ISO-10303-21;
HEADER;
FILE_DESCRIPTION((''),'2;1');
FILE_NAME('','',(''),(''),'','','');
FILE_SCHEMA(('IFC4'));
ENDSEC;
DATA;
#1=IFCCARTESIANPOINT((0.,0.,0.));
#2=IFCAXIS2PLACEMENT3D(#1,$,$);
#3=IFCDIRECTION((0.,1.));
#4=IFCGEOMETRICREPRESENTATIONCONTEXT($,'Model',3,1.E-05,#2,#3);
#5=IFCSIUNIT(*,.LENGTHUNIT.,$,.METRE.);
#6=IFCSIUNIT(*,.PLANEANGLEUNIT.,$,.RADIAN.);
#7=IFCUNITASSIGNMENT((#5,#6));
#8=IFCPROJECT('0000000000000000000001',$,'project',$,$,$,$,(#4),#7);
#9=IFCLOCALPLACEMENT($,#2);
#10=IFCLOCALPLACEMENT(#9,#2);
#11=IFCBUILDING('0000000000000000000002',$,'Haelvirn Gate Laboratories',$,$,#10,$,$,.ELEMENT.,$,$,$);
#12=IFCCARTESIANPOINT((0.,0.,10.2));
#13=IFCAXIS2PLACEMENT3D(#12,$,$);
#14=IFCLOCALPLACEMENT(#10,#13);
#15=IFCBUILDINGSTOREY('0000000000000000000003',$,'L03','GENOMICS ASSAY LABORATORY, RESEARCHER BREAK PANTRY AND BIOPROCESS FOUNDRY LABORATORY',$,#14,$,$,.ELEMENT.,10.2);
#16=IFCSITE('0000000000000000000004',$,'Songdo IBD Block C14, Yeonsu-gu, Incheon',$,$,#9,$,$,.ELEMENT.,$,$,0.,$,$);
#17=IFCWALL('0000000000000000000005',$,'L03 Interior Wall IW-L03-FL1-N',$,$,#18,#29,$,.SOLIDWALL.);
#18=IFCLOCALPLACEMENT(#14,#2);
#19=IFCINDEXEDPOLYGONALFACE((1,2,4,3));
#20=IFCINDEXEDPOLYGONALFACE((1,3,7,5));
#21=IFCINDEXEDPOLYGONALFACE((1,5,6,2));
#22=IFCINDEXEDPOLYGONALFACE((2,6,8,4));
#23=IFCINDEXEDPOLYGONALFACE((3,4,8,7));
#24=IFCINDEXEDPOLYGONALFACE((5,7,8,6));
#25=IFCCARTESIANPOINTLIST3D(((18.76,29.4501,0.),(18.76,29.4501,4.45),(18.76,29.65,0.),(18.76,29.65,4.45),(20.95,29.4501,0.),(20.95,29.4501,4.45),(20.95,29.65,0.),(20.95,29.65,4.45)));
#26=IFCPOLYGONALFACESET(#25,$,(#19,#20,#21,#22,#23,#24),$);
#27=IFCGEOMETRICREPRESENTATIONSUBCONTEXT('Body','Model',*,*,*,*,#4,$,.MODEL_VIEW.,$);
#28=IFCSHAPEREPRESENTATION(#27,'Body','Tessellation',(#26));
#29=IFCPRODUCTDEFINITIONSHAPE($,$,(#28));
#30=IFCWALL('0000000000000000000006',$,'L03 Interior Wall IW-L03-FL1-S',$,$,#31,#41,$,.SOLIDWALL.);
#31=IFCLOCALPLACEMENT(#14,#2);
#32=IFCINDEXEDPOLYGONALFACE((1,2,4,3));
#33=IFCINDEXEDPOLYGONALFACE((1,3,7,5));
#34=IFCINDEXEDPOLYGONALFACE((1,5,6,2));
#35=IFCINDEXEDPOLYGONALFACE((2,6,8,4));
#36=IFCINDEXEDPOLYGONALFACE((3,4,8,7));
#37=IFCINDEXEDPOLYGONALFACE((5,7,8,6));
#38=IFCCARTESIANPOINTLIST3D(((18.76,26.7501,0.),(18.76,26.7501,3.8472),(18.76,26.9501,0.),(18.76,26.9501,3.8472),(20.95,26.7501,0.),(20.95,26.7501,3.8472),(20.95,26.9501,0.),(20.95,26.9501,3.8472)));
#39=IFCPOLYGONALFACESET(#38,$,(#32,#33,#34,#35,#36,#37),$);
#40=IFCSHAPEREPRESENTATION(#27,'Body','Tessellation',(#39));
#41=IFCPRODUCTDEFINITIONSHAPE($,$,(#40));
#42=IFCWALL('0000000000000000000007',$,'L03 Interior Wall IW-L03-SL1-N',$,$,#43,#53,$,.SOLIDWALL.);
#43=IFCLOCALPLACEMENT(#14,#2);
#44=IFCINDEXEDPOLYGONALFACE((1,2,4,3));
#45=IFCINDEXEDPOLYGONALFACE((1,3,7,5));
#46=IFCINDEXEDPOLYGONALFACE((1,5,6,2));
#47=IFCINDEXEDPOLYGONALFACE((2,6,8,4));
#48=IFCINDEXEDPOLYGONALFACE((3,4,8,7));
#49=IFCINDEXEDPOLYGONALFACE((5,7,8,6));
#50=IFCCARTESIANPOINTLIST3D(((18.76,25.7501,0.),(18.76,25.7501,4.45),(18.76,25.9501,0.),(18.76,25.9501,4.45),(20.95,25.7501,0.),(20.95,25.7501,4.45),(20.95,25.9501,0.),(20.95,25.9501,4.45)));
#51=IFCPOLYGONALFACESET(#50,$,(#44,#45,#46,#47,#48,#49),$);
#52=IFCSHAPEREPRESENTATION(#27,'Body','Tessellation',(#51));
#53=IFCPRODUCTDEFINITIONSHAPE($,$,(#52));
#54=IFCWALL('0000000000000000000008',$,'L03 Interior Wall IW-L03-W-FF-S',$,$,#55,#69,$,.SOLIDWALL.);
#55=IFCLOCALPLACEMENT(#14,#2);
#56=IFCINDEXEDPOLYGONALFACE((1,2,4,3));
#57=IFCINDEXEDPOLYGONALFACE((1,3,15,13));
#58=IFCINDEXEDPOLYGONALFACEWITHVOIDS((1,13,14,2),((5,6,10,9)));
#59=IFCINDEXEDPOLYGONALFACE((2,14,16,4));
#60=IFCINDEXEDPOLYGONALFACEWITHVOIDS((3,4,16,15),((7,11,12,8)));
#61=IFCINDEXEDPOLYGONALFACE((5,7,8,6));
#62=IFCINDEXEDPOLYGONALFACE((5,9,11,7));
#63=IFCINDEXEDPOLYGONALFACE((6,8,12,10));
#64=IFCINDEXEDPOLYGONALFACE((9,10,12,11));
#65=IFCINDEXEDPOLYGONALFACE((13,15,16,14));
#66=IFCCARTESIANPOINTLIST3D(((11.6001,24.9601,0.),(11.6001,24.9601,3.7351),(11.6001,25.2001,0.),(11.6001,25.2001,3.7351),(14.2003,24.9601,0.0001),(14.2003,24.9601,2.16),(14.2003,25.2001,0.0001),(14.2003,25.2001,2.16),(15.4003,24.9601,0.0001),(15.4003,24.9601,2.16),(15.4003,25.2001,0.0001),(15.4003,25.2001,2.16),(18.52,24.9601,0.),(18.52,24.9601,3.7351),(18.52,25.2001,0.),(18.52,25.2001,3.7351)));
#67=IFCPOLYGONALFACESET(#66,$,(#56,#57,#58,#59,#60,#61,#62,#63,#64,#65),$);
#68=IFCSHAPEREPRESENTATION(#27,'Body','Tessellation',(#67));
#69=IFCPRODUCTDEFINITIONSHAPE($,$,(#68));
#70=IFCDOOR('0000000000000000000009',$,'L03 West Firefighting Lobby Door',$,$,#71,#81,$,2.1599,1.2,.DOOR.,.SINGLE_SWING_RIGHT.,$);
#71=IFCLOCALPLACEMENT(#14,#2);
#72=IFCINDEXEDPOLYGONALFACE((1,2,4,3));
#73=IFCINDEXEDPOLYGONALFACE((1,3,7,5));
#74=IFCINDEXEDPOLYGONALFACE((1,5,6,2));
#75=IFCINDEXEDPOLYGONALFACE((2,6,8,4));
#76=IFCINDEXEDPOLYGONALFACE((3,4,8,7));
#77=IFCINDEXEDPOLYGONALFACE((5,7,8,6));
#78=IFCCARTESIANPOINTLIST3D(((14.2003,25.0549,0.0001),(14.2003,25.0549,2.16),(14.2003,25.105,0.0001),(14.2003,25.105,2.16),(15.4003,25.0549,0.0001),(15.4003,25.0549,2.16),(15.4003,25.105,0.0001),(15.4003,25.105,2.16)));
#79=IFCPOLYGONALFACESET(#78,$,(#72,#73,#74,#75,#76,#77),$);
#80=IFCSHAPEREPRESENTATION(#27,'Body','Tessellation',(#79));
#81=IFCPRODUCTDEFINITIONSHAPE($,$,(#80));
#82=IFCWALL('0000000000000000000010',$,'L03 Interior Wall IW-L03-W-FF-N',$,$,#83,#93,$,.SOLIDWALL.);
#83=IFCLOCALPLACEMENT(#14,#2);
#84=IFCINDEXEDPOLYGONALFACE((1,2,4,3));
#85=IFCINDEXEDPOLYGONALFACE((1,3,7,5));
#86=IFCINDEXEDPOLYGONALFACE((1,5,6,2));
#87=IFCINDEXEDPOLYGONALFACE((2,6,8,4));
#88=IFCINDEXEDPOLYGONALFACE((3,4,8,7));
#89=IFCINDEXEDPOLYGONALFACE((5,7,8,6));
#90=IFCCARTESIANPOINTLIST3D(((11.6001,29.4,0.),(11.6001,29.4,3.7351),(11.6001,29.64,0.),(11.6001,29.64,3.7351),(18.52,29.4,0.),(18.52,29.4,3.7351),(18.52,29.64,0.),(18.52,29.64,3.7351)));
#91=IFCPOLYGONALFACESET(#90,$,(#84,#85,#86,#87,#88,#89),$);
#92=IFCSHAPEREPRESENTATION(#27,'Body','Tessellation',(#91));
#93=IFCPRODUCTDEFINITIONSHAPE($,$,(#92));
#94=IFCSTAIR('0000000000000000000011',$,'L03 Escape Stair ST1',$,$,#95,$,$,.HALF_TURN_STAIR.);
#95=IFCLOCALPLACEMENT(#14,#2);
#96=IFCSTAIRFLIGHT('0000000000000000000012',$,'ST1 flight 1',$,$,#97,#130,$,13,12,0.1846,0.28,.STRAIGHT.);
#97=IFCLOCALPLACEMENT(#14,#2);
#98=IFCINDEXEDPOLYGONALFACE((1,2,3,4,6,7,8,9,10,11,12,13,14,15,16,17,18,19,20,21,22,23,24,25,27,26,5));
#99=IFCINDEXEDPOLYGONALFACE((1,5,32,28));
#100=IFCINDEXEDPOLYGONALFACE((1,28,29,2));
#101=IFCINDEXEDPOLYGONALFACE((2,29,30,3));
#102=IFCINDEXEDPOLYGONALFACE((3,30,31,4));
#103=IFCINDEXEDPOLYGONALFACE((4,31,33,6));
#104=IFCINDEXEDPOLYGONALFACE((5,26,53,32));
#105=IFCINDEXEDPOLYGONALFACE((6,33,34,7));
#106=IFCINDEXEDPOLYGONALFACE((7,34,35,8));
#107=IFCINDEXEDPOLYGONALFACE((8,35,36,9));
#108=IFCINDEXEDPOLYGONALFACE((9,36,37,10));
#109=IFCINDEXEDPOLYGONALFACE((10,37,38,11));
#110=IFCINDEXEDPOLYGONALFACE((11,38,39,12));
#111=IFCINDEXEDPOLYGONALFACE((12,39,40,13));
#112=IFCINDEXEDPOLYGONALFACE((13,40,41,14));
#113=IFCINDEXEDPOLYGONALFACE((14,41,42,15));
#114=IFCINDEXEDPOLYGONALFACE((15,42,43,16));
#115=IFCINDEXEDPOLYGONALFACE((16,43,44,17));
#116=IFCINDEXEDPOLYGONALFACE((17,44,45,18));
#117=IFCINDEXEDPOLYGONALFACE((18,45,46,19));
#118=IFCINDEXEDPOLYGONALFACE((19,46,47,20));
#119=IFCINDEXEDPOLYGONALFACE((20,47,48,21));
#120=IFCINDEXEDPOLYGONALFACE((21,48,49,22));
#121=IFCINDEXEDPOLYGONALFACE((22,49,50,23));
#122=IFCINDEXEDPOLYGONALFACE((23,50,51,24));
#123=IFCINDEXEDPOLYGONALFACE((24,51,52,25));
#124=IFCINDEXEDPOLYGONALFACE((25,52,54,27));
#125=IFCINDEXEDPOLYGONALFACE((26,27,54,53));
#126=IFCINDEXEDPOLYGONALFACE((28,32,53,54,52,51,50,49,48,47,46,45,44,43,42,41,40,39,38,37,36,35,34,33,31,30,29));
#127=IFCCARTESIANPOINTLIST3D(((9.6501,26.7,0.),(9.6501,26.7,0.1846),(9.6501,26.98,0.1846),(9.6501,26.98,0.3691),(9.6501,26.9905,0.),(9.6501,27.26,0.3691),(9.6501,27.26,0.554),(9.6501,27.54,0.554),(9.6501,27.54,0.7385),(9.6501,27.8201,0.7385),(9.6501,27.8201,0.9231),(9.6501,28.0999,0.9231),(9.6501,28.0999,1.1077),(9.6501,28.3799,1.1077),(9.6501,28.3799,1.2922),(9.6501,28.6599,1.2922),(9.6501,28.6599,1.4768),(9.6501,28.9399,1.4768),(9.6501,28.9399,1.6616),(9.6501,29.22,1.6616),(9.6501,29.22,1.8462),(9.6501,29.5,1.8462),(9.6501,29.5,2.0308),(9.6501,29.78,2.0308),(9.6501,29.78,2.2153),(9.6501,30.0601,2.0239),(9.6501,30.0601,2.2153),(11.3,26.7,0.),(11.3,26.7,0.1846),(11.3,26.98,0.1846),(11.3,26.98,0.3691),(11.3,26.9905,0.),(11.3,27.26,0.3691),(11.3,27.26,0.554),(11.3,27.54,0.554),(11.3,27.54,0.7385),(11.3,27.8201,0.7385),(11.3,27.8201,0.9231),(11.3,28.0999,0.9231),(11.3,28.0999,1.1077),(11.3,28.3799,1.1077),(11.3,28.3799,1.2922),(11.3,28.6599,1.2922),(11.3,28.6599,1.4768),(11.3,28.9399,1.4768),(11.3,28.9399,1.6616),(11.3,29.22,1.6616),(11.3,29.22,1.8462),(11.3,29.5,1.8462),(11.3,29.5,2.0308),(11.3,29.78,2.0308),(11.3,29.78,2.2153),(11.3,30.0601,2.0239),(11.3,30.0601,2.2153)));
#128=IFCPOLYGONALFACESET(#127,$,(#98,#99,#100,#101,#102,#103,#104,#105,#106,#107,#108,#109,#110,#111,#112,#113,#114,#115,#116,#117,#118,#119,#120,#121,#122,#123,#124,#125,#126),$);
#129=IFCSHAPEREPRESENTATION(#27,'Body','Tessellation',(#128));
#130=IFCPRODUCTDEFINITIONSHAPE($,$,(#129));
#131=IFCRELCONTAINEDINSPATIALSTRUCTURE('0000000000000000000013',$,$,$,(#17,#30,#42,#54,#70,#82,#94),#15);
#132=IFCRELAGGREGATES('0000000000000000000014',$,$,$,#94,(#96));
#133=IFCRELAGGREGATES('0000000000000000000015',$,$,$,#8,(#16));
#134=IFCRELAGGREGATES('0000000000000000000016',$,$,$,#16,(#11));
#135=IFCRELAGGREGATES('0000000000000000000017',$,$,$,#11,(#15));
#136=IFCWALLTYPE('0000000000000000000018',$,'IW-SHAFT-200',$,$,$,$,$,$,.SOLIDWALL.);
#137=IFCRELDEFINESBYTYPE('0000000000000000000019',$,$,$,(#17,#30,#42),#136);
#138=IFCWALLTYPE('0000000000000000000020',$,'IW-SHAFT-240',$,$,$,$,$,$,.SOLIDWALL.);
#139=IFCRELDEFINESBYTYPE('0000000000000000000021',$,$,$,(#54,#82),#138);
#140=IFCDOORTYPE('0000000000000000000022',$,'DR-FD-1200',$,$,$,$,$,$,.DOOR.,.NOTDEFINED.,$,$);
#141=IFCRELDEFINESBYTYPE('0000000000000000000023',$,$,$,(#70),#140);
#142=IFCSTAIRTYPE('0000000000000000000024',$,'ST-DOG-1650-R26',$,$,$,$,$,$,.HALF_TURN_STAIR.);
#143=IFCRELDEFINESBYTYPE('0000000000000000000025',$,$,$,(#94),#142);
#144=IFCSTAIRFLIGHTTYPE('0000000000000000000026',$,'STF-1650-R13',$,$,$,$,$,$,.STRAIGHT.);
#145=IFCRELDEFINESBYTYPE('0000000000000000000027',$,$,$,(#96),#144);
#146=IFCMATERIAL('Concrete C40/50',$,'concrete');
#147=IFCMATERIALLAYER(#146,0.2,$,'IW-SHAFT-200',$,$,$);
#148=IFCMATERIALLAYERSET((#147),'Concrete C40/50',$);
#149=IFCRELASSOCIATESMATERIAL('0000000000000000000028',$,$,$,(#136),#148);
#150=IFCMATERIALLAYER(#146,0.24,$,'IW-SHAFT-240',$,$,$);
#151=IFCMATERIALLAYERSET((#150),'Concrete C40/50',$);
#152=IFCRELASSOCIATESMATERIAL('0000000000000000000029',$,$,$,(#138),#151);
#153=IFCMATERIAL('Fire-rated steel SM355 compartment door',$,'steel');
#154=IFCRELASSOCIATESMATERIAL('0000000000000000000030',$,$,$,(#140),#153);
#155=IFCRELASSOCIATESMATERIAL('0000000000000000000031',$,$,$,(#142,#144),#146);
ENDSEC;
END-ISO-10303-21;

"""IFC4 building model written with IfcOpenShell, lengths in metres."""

from ifc_helpers import new_model, si_unit, direction, frame, frame_2d, origin, place, context, subcontext, project, spatial, polyline, rectangle, outline, extrude, source, transform, mapped, material, layer, layer_set, type_object, type_shapes, element, fill, aggregate, save


model = new_model("IFC4")

# Units and contexts
model_context = context("Model", 3, precision=1e-05, world=origin(), true_north=direction((0.0, 1.0)))
body_context = subcontext(model_context, "Body", "Model", "MODEL_VIEW")
ifc_project = project(units=[si_unit("LENGTHUNIT", "METRE"), si_unit("PLANEANGLEUNIT", "RADIAN")], contexts=[model_context])

# Site, building, storey
site_placement = place(None, origin())
site = spatial("IfcSite", under=ifc_project, at=site_placement, Name="Songdo IBD Block C14, Yeonsu-gu, Incheon", CompositionType="ELEMENT", RefElevation=0.0)
building_placement = place(site_placement, origin())
building = spatial("IfcBuilding", under=site, at=building_placement, Name="Haelvirn Gate Laboratories", CompositionType="ELEMENT")
storey_placement = place(building_placement, frame((0.0, 0.0, 10.2)))
storey = spatial("IfcBuildingStorey", under=building, at=storey_placement, Name="L03", Description="GENOMICS ASSAY LABORATORY, RESEARCHER BREAK PANTRY AND BIOPROCESS FOUNDRY LABORATORY", CompositionType="ELEMENT", Elevation=10.2)

# Walls
ifc_material_1 = material(Name="Concrete C40/50", Category="concrete")
ifc_layer_1 = layer(ifc_material_1, 0.2, Name="IW-SHAFT-200")
ifc_layer_set_1 = layer_set([ifc_layer_1], Name="Concrete C40/50")
wall_type_1 = type_object("IfcWallType", Name="IW-SHAFT-200", PredefinedType="SOLIDWALL", material=ifc_layer_set_1)
wall_1_placement = place(storey_placement, frame((18.76, 29.55, 0.0), z_axis=(0.0, 0.0, 1.0), x_axis=(1.0, 0.0, 0.0)))
element("IfcWall", 1, at=wall_1_placement, inside=storey, type_object=wall_type_1, Name="L03 Interior Wall IW-L03-FL1-N", PredefinedType="SOLIDWALL", context=body_context, shape_type="SweptSolid", body=[
    extrude(rectangle(XDim=2.1899, YDim=0.2, at=frame_2d((1.095, 0.0))), origin(), (0.0, 0.0, 1.0), 4.45),
])
wall_2_placement = place(storey_placement, frame((18.76, 26.8501, 0.0), z_axis=(0.0, 0.0, 1.0), x_axis=(1.0, 0.0, 0.0)))
element("IfcWall", 2, at=wall_2_placement, inside=storey, type_object=wall_type_1, Name="L03 Interior Wall IW-L03-FL1-S", PredefinedType="SOLIDWALL", context=body_context, shape_type="SweptSolid", body=[
    extrude(rectangle(XDim=2.1899, YDim=0.2, at=frame_2d((1.095, 0.0))), origin(), (0.0, 0.0, 1.0), 3.8472),
])
wall_3_placement = place(storey_placement, frame((18.76, 25.8501, 0.0), z_axis=(0.0, 0.0, 1.0), x_axis=(1.0, 0.0, 0.0)))
element("IfcWall", 3, at=wall_3_placement, inside=storey, type_object=wall_type_1, Name="L03 Interior Wall IW-L03-SL1-N", PredefinedType="SOLIDWALL", context=body_context, shape_type="SweptSolid", body=[
    extrude(rectangle(XDim=2.1899, YDim=0.2, at=frame_2d((1.095, 0.0))), origin(), (0.0, 0.0, 1.0), 4.45),
])

# Wall, opening, door
ifc_layer_2 = layer(ifc_material_1, 0.24, Name="IW-SHAFT-240")
ifc_layer_set_2 = layer_set([ifc_layer_2], Name="Concrete C40/50")
wall_type_2 = type_object("IfcWallType", Name="IW-SHAFT-240", PredefinedType="SOLIDWALL", material=ifc_layer_set_2)
wall_4_placement = place(storey_placement, frame((11.6001, 25.0801, 0.0), z_axis=(0.0, 0.0, 1.0), x_axis=(1.0, 0.0, 0.0)))
wall_4 = element("IfcWall", 4, at=wall_4_placement, inside=storey, type_object=wall_type_2, Name="L03 Interior Wall IW-L03-W-FF-S", PredefinedType="SOLIDWALL", context=body_context, shape_type="SweptSolid", body=[
    extrude(rectangle(XDim=6.9199, YDim=0.24, at=frame_2d((3.46, 0.0))), origin(), (0.0, 0.0, 1.0), 3.7351),
])
opening_placement = place(wall_4_placement, frame((2.6001, 0.0, 0.0)))
opening = element("IfcOpeningElement", 5, at=opening_placement, cuts=wall_4, PredefinedType="OPENING", context=body_context, shape_type="SweptSolid", body=[
    extrude(rectangle(XDim=1.2, YDim=2.1599, at=frame_2d((0.6001, 1.0801))), frame((0.0, 0.1299, 0.0), z_axis=(0.0, -1.0, 0.0), x_axis=(1.0, 0.0, 0.0)), (0.0, 0.0, 1.0), 0.26),
])
ifc_material_2 = material(Name="Fire-rated steel SM355 compartment door", Category="steel")
door_type = type_object("IfcDoorType", Name="DR-FD-1200", OperationType="NOTDEFINED", PredefinedType="DOOR", material=ifc_material_2)
shared_shape_1 = source(origin(), body_context, "Body", "SweptSolid", [
    extrude(rectangle(XDim=1.2, YDim=2.1599, at=frame_2d((0.6001, 1.0801))), frame((0.0, 0.0249, 0.0), z_axis=(0.0, -1.0, 0.0), x_axis=(1.0, 0.0, 0.0)), (0.0, 0.0, 1.0), 0.05),
])
type_shapes(door_type, [shared_shape_1])
door_placement = place(opening_placement, origin())
door = element("IfcDoor", 6, at=door_placement, inside=storey, type_object=door_type, Name="L03 West Firefighting Lobby Door", OperationType="SINGLE_SWING_RIGHT", OverallHeight=2.1599, OverallWidth=1.2, PredefinedType="DOOR", context=body_context, shape_type="MappedRepresentation", body=[
    mapped(shared_shape_1, transform((0.0, 0.0, 0.0), scale=1.0)),
])
fill(opening, door)

# Wall
wall_5_placement = place(storey_placement, frame((11.6001, 29.52, 0.0), z_axis=(0.0, 0.0, 1.0), x_axis=(1.0, 0.0, 0.0)))
element("IfcWall", 7, at=wall_5_placement, inside=storey, type_object=wall_type_2, Name="L03 Interior Wall IW-L03-W-FF-N", PredefinedType="SOLIDWALL", context=body_context, shape_type="SweptSolid", body=[
    extrude(rectangle(XDim=6.9199, YDim=0.24, at=frame_2d((3.46, 0.0))), origin(), (0.0, 0.0, 1.0), 3.7351),
])

# Stair, stair flight
stair_type = type_object("IfcStairType", Name="ST-DOG-1650-R26", PredefinedType="HALF_TURN_STAIR", material=ifc_material_1)
stair_placement = place(storey_placement, origin())
stair = element("IfcStair", 8, at=stair_placement, inside=storey, type_object=stair_type, Name="L03 Escape Stair ST1", PredefinedType="HALF_TURN_STAIR")
stair_flight_type = type_object("IfcStairFlightType", Name="STF-1650-R13", PredefinedType="STRAIGHT", material=ifc_material_1)
shared_shape_2 = source(origin(), body_context, "Body", "SweptSolid", [
    extrude(outline(polyline([(0.0, 0.0), (0.0, 0.1846), (0.28, 0.1846), (0.28, 0.3691), (0.5601, 0.3691), (0.5601, 0.554), (0.8401, 0.554), (0.8401, 0.7385), (1.1201, 0.7385), (1.1201, 0.9231), (1.3999, 0.9231), (1.3999, 1.1077), (1.6799, 1.1077), (1.6799, 1.2922), (1.96, 1.2922), (1.96, 1.4768), (2.24, 1.4768), (2.24, 1.6616), (2.52, 1.6616), (2.52, 1.8462), (2.8, 1.8462), (2.8, 2.0308), (3.0801, 2.0308), (3.0801, 2.2153), (3.3601, 2.2153), (3.3601, 2.3999), (3.3601, 2.0239), (0.2905, 0.0), (0.0, 0.0)])), frame((0.0, 0.825, 0.0), z_axis=(0.0, -1.0, 0.0), x_axis=(1.0, 0.0, 0.0)), (0.0, 0.0, 1.0), 1.6499),
])
type_shapes(stair_flight_type, [shared_shape_2])
stair_flight_placement = place(storey_placement, frame((10.4751, 26.7, 0.0), z_axis=(0.0, 0.0, 1.0), x_axis=(0.0, 1.0, 0.0)))
stair_flight = element("IfcStairFlight", 9, at=stair_flight_placement, type_object=stair_flight_type, Name="ST1 flight 1", NumberOfRisers=13, NumberOfTreads=12, PredefinedType="STRAIGHT", RiserHeight=0.1846, TreadLength=0.28, context=body_context, shape_type="MappedRepresentation", body=[
    mapped(shared_shape_2, transform((0.0, 0.0, 0.0), scale=1.0)),
])
aggregate(stair, [stair_flight])

save(model, "model.ifc")
